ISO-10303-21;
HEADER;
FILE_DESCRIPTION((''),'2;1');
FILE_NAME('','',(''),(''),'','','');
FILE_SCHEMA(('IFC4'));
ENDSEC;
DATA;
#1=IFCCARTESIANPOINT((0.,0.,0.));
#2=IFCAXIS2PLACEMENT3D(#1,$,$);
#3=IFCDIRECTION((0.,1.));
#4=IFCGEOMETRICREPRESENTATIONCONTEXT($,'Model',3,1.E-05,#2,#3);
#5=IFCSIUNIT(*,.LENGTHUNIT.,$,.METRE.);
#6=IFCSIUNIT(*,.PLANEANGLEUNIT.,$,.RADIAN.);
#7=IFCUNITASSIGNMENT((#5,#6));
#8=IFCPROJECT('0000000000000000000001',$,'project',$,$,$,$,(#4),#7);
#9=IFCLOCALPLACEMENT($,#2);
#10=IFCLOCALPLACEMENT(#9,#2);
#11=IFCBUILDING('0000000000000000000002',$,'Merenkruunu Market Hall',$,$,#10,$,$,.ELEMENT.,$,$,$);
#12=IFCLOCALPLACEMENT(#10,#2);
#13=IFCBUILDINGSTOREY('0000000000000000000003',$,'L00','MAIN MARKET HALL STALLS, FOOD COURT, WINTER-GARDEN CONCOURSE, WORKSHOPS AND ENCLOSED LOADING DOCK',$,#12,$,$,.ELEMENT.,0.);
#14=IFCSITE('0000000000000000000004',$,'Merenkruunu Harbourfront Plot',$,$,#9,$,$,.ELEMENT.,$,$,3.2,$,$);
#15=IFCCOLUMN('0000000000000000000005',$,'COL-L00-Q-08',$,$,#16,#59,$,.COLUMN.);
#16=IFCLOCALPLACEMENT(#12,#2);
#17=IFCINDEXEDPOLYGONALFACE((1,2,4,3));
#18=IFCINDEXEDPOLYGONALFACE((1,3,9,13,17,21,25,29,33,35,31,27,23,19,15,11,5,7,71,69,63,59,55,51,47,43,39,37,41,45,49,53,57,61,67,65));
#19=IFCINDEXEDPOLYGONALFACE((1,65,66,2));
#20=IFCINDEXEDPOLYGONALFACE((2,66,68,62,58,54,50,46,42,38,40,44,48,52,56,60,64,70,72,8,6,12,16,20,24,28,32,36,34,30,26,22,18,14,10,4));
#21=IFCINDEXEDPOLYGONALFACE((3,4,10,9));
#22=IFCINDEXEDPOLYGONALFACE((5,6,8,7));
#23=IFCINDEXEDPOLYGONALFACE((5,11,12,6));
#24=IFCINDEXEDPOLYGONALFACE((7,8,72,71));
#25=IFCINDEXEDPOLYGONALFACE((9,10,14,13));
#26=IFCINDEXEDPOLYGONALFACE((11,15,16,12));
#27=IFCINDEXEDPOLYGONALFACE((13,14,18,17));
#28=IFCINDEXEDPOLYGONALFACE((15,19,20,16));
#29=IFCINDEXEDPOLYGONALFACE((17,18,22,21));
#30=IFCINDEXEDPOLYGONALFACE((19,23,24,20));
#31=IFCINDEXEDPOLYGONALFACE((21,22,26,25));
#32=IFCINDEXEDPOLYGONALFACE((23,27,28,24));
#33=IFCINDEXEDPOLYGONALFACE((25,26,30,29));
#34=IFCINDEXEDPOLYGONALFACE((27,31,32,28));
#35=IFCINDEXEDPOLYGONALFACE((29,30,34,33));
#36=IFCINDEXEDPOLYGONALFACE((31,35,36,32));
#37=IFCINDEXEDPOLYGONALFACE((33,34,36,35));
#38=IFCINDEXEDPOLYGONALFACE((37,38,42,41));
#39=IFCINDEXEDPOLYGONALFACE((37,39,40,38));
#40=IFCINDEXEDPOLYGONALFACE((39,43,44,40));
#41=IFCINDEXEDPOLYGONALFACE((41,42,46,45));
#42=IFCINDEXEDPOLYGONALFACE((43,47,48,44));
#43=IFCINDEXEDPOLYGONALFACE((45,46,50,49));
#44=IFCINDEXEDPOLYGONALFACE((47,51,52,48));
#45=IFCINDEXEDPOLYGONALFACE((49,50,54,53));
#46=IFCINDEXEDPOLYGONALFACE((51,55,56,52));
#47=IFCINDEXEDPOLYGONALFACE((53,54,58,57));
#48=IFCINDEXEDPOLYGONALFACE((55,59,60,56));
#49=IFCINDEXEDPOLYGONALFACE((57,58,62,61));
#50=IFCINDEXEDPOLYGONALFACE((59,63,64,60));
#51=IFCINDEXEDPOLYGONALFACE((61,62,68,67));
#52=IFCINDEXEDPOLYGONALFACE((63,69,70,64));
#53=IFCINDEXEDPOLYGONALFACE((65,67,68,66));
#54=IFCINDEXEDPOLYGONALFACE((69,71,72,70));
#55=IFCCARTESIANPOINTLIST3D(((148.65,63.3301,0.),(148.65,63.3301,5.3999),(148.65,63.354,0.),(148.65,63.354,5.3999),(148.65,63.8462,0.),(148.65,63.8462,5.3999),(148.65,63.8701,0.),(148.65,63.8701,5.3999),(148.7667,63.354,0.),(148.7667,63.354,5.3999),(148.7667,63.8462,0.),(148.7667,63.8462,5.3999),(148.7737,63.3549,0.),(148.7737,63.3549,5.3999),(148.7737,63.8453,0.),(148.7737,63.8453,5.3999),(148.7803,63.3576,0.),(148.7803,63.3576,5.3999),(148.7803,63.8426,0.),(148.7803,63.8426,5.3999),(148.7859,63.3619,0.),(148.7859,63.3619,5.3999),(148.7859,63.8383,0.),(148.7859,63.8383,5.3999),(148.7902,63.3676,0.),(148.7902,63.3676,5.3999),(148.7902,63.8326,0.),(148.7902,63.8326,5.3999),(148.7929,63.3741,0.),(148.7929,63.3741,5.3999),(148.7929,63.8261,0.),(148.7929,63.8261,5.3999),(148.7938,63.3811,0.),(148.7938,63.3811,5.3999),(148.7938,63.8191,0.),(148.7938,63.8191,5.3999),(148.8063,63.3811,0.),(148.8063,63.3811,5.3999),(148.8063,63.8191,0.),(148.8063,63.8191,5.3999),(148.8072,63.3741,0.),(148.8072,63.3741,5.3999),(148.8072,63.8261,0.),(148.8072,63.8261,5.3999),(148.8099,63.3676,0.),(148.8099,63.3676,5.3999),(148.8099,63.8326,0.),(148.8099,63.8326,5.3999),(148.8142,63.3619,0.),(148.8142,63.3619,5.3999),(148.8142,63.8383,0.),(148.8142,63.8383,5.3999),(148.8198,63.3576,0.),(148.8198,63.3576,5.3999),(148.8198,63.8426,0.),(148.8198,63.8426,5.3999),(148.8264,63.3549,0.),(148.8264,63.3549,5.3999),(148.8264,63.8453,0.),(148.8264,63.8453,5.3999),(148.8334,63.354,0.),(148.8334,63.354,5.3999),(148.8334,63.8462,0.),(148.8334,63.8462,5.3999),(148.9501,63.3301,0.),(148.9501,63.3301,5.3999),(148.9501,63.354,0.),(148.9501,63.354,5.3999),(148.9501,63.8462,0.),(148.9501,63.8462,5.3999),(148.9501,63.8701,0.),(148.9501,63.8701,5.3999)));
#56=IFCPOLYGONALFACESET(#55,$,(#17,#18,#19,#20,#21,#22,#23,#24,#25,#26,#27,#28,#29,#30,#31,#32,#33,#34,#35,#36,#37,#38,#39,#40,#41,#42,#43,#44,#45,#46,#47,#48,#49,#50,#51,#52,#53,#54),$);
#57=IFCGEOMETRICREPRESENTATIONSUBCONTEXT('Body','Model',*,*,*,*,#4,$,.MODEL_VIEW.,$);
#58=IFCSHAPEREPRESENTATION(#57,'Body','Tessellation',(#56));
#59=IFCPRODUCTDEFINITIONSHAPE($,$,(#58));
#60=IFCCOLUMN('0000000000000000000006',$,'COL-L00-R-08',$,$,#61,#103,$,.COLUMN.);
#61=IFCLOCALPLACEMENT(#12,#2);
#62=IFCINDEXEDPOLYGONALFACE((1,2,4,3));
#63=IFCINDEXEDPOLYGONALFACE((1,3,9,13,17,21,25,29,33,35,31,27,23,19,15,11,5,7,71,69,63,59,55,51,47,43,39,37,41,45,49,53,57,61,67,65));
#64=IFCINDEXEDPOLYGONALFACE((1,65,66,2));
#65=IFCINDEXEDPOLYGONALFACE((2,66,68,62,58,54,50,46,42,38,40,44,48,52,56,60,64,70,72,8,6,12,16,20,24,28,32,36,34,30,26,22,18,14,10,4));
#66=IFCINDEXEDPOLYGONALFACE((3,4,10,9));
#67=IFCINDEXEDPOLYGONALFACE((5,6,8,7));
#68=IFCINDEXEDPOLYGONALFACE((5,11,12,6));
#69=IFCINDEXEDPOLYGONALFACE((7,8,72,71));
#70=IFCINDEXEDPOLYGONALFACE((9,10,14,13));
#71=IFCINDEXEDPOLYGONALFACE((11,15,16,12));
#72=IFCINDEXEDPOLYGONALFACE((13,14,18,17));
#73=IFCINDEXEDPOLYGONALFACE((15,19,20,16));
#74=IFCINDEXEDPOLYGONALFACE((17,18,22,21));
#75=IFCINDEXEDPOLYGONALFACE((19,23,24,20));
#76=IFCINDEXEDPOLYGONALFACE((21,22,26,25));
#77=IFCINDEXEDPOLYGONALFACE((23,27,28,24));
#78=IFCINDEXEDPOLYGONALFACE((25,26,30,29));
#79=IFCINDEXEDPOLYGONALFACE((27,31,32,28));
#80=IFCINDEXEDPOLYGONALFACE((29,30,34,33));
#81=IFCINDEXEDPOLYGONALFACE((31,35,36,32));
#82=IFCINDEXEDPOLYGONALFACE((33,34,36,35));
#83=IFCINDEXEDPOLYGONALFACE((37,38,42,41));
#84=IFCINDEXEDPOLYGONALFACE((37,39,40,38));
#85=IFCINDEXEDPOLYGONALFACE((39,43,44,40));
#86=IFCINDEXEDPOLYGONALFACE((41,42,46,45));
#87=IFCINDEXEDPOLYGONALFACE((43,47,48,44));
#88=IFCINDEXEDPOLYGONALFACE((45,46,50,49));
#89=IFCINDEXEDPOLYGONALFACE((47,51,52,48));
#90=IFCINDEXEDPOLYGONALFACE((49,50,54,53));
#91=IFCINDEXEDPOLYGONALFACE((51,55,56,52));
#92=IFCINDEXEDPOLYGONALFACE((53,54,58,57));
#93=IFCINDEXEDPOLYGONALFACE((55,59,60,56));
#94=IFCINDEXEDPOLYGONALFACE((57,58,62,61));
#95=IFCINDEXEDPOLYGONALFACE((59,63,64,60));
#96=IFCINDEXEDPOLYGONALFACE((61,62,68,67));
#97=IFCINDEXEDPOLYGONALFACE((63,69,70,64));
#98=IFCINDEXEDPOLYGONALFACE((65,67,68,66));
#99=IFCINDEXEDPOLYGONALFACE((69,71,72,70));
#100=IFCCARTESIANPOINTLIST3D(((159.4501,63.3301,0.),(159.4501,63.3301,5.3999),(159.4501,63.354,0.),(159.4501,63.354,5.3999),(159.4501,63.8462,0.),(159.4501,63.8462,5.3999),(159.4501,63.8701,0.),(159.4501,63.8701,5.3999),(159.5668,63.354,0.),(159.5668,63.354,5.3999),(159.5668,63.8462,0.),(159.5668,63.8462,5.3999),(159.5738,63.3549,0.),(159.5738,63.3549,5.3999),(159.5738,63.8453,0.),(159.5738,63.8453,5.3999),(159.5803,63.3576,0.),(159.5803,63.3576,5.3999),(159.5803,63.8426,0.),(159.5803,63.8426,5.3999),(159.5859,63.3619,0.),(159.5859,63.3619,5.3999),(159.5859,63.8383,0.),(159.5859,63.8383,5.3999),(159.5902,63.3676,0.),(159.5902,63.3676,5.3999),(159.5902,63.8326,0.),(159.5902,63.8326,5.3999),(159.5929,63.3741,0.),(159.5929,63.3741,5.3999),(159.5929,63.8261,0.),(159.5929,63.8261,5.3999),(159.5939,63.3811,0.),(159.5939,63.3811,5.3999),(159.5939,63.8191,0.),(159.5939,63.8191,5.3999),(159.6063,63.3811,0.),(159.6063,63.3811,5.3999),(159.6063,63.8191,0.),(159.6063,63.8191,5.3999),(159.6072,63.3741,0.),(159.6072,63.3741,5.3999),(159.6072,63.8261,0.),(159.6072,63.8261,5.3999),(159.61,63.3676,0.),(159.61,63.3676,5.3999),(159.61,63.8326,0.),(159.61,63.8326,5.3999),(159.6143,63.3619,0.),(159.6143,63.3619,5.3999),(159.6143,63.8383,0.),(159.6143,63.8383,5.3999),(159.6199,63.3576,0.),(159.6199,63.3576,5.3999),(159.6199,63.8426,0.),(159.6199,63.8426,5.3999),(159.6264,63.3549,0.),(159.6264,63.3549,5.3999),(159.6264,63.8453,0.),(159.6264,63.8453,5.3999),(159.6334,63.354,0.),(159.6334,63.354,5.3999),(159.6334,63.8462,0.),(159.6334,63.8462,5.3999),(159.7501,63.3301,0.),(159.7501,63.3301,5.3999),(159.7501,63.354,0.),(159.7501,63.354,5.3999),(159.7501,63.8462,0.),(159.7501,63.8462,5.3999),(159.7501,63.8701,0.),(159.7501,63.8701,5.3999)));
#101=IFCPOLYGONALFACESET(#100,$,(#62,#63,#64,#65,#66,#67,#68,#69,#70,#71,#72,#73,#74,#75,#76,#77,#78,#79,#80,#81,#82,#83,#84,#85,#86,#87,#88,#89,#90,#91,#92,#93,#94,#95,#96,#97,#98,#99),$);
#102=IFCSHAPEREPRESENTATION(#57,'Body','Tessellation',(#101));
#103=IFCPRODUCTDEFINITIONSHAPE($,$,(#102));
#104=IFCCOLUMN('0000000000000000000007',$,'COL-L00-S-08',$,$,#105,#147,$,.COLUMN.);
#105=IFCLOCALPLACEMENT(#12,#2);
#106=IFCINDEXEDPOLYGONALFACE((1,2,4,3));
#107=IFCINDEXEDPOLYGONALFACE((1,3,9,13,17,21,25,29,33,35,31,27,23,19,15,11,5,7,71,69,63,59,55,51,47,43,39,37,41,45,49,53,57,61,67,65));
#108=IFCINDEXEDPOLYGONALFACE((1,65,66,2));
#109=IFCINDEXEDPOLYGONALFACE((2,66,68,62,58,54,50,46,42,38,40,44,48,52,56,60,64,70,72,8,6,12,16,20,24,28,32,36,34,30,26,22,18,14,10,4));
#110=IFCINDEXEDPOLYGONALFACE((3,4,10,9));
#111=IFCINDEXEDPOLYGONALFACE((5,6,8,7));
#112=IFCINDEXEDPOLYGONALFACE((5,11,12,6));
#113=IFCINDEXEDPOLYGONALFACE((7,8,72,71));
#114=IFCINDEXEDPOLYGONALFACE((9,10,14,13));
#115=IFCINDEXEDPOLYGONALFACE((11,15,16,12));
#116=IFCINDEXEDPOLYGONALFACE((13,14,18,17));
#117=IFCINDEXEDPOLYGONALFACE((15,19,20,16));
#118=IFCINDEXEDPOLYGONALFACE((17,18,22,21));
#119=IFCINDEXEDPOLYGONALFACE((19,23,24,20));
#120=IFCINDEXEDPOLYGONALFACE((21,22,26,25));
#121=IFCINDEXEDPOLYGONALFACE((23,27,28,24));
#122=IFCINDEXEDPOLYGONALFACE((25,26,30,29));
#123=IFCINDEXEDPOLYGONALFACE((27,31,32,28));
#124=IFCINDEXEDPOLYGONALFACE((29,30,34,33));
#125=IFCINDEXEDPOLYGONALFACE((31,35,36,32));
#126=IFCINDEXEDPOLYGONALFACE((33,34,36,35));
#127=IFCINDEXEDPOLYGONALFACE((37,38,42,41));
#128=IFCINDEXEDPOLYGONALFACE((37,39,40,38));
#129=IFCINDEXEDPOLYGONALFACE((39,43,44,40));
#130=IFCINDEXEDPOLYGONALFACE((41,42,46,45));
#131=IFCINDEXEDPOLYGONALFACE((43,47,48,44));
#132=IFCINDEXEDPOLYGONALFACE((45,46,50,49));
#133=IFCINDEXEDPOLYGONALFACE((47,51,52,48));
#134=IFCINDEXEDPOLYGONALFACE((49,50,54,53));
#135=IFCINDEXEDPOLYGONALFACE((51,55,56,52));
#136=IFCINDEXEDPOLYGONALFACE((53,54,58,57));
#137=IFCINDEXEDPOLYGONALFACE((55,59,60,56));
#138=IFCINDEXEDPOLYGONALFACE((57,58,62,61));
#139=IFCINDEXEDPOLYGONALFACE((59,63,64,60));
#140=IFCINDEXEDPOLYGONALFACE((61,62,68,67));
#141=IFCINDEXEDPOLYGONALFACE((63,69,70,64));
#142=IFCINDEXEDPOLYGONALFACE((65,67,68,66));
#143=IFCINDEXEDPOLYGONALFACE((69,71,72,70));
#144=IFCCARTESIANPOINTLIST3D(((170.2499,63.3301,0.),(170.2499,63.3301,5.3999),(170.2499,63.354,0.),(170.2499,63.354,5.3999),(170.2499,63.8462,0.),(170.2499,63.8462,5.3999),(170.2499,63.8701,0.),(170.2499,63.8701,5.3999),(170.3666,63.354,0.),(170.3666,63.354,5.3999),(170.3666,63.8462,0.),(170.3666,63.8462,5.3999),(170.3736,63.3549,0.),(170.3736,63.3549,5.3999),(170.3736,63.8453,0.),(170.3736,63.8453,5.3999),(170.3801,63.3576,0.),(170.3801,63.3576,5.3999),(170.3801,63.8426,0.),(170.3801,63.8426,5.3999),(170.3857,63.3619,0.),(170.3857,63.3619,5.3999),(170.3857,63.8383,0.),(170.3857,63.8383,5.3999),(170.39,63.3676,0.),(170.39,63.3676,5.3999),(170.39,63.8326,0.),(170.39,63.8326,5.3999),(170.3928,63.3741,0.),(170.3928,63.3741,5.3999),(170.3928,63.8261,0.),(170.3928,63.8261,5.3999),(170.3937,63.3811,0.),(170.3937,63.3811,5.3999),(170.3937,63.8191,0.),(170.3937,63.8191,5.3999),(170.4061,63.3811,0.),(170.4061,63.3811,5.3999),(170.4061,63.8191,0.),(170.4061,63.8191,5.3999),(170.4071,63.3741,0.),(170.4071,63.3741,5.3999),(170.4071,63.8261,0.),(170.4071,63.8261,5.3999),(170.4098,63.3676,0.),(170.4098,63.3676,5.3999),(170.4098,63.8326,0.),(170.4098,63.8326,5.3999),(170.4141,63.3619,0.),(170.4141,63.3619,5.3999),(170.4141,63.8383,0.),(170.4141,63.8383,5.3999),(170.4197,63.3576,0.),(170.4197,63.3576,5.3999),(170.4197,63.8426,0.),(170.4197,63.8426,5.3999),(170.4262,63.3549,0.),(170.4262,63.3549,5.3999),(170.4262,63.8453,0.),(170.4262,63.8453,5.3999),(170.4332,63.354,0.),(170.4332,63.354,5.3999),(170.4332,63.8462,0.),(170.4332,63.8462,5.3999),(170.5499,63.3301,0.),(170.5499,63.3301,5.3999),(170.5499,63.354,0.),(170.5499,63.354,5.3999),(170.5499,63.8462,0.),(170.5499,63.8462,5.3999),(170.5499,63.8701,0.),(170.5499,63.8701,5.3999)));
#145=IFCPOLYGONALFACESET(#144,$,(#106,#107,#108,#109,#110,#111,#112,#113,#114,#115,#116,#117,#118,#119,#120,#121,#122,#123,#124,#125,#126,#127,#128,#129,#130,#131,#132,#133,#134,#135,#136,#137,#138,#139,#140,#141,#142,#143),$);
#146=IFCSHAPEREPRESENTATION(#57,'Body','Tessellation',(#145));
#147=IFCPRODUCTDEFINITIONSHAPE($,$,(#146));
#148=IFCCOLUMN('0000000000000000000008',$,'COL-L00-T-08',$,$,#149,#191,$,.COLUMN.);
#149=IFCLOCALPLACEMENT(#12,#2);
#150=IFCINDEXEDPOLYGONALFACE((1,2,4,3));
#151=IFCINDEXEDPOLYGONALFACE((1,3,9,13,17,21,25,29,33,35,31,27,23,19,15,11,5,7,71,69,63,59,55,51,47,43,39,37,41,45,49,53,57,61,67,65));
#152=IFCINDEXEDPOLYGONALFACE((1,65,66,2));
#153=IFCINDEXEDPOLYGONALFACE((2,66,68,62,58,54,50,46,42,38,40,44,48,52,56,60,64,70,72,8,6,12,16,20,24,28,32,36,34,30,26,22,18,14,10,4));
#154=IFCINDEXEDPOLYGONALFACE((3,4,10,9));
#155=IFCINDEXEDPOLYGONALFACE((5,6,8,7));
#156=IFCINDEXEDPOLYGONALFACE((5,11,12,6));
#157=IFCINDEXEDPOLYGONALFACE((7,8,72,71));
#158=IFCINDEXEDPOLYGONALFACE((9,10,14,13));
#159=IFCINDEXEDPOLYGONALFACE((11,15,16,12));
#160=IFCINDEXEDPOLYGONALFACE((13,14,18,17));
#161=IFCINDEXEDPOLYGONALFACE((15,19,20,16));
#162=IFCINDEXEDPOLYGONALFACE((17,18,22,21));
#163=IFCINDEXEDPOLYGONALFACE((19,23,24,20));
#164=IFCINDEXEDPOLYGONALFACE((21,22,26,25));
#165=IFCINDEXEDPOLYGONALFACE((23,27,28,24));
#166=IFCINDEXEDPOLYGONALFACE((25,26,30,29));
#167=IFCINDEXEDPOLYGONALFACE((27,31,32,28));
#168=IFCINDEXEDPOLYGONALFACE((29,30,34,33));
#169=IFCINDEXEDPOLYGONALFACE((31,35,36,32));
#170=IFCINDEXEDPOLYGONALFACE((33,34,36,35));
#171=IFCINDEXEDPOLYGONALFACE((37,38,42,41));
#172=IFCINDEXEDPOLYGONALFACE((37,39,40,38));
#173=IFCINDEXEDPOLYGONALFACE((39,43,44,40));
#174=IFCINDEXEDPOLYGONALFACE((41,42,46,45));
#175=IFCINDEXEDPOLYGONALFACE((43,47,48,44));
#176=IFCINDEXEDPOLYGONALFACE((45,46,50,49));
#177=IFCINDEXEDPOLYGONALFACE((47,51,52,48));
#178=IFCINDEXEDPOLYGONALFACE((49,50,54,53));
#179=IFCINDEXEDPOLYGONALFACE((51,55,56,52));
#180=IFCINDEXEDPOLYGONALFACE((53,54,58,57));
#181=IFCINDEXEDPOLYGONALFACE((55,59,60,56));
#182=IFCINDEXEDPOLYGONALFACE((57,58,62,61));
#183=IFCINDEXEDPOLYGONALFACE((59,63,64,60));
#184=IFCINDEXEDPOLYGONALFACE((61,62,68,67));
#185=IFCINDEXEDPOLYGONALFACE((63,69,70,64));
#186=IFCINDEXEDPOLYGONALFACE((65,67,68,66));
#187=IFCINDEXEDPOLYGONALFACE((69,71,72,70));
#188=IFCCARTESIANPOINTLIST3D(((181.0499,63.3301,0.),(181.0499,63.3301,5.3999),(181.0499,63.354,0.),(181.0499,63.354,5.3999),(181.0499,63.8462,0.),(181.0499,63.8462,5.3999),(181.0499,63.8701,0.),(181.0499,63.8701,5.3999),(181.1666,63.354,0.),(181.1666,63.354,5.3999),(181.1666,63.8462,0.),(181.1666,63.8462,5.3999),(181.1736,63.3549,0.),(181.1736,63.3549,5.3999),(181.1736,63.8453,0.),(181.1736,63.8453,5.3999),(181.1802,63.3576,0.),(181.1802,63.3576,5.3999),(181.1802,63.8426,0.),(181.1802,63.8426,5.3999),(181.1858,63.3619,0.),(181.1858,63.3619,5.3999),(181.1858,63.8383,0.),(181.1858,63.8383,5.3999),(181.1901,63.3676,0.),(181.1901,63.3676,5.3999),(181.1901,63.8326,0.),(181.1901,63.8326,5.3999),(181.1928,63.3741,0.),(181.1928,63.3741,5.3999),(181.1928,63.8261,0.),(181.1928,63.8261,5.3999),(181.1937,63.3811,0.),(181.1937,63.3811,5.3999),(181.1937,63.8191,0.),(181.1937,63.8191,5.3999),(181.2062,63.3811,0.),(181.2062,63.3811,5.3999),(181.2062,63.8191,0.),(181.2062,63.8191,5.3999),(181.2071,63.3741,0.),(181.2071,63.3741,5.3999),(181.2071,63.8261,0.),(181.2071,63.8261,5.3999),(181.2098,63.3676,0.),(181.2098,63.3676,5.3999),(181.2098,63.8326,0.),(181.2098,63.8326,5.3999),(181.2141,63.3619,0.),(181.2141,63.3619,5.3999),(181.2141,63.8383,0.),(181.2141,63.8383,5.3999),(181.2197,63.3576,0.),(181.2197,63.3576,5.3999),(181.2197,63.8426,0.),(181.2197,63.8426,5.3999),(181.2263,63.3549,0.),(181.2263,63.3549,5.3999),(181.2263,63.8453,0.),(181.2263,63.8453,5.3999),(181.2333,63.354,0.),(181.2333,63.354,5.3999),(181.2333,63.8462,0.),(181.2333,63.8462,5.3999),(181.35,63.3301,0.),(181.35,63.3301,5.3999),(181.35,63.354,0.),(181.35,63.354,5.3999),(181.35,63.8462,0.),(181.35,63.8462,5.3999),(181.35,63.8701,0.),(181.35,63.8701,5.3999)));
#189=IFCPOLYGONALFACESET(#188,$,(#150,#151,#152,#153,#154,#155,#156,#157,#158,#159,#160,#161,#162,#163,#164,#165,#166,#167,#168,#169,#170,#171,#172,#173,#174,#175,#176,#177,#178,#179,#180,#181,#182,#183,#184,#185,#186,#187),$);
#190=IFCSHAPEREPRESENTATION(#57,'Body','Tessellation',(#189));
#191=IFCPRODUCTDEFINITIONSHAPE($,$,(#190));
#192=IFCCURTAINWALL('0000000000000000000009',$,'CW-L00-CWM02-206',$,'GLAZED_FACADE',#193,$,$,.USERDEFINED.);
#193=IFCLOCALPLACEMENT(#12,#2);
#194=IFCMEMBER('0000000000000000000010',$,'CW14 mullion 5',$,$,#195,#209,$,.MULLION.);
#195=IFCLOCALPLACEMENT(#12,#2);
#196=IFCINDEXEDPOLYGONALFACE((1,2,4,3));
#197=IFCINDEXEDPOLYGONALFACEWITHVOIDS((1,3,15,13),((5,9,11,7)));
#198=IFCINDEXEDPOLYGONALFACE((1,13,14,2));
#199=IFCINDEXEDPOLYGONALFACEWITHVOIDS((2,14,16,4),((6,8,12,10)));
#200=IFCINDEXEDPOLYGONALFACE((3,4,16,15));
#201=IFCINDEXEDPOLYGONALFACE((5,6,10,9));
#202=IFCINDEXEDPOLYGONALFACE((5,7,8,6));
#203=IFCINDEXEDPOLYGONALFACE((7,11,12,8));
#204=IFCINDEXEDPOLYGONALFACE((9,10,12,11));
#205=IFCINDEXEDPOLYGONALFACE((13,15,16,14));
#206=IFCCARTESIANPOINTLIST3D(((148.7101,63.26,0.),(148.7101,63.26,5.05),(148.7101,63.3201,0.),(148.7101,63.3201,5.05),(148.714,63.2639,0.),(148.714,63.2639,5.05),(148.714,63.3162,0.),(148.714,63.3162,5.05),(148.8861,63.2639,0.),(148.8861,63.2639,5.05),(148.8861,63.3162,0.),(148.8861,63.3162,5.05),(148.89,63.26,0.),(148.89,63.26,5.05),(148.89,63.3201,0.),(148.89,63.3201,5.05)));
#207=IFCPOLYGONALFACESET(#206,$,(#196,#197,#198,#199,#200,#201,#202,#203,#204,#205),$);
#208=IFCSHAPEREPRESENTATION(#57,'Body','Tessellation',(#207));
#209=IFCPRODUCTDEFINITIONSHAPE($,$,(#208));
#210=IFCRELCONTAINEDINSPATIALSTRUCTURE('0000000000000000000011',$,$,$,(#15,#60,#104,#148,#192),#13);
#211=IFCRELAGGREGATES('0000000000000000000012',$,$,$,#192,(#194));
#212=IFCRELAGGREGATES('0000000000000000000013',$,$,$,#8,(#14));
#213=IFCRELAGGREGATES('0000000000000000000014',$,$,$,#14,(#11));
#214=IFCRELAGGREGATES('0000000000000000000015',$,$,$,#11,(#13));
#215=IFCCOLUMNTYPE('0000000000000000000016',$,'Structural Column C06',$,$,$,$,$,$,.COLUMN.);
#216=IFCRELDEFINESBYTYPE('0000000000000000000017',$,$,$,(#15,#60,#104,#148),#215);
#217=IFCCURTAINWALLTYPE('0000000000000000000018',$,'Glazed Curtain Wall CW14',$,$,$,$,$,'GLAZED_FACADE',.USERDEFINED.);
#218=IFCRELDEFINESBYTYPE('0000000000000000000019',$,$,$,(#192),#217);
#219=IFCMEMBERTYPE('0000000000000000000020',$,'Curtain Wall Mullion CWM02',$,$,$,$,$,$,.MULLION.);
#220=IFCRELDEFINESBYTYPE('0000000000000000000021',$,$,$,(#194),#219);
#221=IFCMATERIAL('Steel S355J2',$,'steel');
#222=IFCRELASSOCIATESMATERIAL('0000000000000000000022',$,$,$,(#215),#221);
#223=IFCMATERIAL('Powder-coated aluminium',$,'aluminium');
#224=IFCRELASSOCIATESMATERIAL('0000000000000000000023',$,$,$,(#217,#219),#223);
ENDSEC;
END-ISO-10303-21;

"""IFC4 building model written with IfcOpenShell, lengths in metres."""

from ifc_helpers import new_model, si_unit, direction, frame, origin, origin_2d, place, context, subcontext, project, spatial, hollow_rectangle, i_section, extrude, material, material_profile, profile_set, type_object, element, aggregate, save


model = new_model("IFC4")

# Units and contexts
model_context = context("Model", 3, precision=1e-05, world=origin(), true_north=direction((0.0, 1.0)))
body_context = subcontext(model_context, "Body", "Model", "MODEL_VIEW")
ifc_project = project(units=[si_unit("LENGTHUNIT", "METRE"), si_unit("PLANEANGLEUNIT", "RADIAN")], contexts=[model_context])

# Site, building, storey
site_placement = place(None, origin())
site = spatial("IfcSite", under=ifc_project, at=site_placement, Name="Merenkruunu Harbourfront Plot", CompositionType="ELEMENT", RefElevation=3.2)
building_placement = place(site_placement, origin())
building = spatial("IfcBuilding", under=site, at=building_placement, Name="Merenkruunu Market Hall", CompositionType="ELEMENT")
storey_placement = place(building_placement, origin())
storey = spatial("IfcBuildingStorey", under=building, at=storey_placement, Name="L00", Description="MAIN MARKET HALL STALLS, FOOD COURT, WINTER-GARDEN CONCOURSE, WORKSHOPS AND ENCLOSED LOADING DOCK", CompositionType="ELEMENT", Elevation=0.0)

# Columns
ifc_material_1 = material(Name="Steel S355J2", Category="steel")
ifc_material_profile_1 = material_profile(ifc_material_1, i_section(OverallWidth=0.3, OverallDepth=0.54, WebThickness=0.0125, FlangeThickness=0.0239, FilletRadius=0.0271, at=origin_2d()), Name="HEA 550")
ifc_profile_set_1 = profile_set([ifc_material_profile_1], Name="Steel S355J2")
column_type = type_object("IfcColumnType", Name="Structural Column C06", PredefinedType="COLUMN", material=ifc_profile_set_1)
for number, where, z_axis, x_axis, name in (
    (1, (148.8, 63.6001, 0.0), (0.0, 0.0, 1.0), (1.0, 0.0, 0.0), "COL-L00-Q-08"),
    (2, (159.6001, 63.6001, 0.0), (0.0, 0.0, 1.0), (1.0, 0.0, 0.0), "COL-L00-R-08"),
    (3, (170.3999, 63.6001, 0.0), (0.0, 0.0, 1.0), (1.0, 0.0, 0.0), "COL-L00-S-08"),
    (4, (181.2, 63.6001, 0.0), (0.0, 0.0, 1.0), (1.0, 0.0, 0.0), "COL-L00-T-08"),
):
    element("IfcColumn", number, at=place(storey_placement, frame(where, z_axis=z_axis, x_axis=x_axis)), inside=storey, type_object=column_type, Name=name, PredefinedType="COLUMN", context=body_context, shape_type="SweptSolid", body=[
        extrude(i_section(OverallWidth=0.3, OverallDepth=0.54, WebThickness=0.0125, FlangeThickness=0.0239, FilletRadius=0.0271, at=origin_2d()), origin(), (0.0, 0.0, 1.0), 5.3999),
    ])

# Curtain wall, member
ifc_material_2 = material(Name="Powder-coated aluminium", Category="aluminium")
curtain_wall_type = type_object("IfcCurtainWallType", Name="Glazed Curtain Wall CW14", ElementType="GLAZED_FACADE", PredefinedType="USERDEFINED", material=ifc_material_2)
curtain_wall_placement = place(storey_placement, origin())
curtain_wall = element("IfcCurtainWall", 5, at=curtain_wall_placement, inside=storey, type_object=curtain_wall_type, Name="CW-L00-CWM02-206", ObjectType="GLAZED_FACADE", PredefinedType="USERDEFINED")
ifc_material_profile_2 = material_profile(ifc_material_2, hollow_rectangle(XDim=0.0601, YDim=0.1799, WallThickness=0.0039, at=origin_2d()), Name="ALU 60x180x4")
ifc_profile_set_2 = profile_set([ifc_material_profile_2], Name="Powder-coated aluminium")
member_type = type_object("IfcMemberType", Name="Curtain Wall Mullion CWM02", PredefinedType="MULLION", material=ifc_profile_set_2)
member_placement = place(storey_placement, frame((148.8, 63.29, 0.0), z_axis=(0.0, 0.0, 1.0), x_axis=(0.0, 1.0, 0.0)))
member = element("IfcMember", 6, at=member_placement, type_object=member_type, Name="CW14 mullion 5", PredefinedType="MULLION", context=body_context, shape_type="SweptSolid", body=[
    extrude(hollow_rectangle(XDim=0.0601, YDim=0.1799, WallThickness=0.0039, at=origin_2d()), origin(), (0.0, 0.0, 1.0), 5.05),
])

aggregate(curtain_wall, [member])

save(model, "model.ifc")
